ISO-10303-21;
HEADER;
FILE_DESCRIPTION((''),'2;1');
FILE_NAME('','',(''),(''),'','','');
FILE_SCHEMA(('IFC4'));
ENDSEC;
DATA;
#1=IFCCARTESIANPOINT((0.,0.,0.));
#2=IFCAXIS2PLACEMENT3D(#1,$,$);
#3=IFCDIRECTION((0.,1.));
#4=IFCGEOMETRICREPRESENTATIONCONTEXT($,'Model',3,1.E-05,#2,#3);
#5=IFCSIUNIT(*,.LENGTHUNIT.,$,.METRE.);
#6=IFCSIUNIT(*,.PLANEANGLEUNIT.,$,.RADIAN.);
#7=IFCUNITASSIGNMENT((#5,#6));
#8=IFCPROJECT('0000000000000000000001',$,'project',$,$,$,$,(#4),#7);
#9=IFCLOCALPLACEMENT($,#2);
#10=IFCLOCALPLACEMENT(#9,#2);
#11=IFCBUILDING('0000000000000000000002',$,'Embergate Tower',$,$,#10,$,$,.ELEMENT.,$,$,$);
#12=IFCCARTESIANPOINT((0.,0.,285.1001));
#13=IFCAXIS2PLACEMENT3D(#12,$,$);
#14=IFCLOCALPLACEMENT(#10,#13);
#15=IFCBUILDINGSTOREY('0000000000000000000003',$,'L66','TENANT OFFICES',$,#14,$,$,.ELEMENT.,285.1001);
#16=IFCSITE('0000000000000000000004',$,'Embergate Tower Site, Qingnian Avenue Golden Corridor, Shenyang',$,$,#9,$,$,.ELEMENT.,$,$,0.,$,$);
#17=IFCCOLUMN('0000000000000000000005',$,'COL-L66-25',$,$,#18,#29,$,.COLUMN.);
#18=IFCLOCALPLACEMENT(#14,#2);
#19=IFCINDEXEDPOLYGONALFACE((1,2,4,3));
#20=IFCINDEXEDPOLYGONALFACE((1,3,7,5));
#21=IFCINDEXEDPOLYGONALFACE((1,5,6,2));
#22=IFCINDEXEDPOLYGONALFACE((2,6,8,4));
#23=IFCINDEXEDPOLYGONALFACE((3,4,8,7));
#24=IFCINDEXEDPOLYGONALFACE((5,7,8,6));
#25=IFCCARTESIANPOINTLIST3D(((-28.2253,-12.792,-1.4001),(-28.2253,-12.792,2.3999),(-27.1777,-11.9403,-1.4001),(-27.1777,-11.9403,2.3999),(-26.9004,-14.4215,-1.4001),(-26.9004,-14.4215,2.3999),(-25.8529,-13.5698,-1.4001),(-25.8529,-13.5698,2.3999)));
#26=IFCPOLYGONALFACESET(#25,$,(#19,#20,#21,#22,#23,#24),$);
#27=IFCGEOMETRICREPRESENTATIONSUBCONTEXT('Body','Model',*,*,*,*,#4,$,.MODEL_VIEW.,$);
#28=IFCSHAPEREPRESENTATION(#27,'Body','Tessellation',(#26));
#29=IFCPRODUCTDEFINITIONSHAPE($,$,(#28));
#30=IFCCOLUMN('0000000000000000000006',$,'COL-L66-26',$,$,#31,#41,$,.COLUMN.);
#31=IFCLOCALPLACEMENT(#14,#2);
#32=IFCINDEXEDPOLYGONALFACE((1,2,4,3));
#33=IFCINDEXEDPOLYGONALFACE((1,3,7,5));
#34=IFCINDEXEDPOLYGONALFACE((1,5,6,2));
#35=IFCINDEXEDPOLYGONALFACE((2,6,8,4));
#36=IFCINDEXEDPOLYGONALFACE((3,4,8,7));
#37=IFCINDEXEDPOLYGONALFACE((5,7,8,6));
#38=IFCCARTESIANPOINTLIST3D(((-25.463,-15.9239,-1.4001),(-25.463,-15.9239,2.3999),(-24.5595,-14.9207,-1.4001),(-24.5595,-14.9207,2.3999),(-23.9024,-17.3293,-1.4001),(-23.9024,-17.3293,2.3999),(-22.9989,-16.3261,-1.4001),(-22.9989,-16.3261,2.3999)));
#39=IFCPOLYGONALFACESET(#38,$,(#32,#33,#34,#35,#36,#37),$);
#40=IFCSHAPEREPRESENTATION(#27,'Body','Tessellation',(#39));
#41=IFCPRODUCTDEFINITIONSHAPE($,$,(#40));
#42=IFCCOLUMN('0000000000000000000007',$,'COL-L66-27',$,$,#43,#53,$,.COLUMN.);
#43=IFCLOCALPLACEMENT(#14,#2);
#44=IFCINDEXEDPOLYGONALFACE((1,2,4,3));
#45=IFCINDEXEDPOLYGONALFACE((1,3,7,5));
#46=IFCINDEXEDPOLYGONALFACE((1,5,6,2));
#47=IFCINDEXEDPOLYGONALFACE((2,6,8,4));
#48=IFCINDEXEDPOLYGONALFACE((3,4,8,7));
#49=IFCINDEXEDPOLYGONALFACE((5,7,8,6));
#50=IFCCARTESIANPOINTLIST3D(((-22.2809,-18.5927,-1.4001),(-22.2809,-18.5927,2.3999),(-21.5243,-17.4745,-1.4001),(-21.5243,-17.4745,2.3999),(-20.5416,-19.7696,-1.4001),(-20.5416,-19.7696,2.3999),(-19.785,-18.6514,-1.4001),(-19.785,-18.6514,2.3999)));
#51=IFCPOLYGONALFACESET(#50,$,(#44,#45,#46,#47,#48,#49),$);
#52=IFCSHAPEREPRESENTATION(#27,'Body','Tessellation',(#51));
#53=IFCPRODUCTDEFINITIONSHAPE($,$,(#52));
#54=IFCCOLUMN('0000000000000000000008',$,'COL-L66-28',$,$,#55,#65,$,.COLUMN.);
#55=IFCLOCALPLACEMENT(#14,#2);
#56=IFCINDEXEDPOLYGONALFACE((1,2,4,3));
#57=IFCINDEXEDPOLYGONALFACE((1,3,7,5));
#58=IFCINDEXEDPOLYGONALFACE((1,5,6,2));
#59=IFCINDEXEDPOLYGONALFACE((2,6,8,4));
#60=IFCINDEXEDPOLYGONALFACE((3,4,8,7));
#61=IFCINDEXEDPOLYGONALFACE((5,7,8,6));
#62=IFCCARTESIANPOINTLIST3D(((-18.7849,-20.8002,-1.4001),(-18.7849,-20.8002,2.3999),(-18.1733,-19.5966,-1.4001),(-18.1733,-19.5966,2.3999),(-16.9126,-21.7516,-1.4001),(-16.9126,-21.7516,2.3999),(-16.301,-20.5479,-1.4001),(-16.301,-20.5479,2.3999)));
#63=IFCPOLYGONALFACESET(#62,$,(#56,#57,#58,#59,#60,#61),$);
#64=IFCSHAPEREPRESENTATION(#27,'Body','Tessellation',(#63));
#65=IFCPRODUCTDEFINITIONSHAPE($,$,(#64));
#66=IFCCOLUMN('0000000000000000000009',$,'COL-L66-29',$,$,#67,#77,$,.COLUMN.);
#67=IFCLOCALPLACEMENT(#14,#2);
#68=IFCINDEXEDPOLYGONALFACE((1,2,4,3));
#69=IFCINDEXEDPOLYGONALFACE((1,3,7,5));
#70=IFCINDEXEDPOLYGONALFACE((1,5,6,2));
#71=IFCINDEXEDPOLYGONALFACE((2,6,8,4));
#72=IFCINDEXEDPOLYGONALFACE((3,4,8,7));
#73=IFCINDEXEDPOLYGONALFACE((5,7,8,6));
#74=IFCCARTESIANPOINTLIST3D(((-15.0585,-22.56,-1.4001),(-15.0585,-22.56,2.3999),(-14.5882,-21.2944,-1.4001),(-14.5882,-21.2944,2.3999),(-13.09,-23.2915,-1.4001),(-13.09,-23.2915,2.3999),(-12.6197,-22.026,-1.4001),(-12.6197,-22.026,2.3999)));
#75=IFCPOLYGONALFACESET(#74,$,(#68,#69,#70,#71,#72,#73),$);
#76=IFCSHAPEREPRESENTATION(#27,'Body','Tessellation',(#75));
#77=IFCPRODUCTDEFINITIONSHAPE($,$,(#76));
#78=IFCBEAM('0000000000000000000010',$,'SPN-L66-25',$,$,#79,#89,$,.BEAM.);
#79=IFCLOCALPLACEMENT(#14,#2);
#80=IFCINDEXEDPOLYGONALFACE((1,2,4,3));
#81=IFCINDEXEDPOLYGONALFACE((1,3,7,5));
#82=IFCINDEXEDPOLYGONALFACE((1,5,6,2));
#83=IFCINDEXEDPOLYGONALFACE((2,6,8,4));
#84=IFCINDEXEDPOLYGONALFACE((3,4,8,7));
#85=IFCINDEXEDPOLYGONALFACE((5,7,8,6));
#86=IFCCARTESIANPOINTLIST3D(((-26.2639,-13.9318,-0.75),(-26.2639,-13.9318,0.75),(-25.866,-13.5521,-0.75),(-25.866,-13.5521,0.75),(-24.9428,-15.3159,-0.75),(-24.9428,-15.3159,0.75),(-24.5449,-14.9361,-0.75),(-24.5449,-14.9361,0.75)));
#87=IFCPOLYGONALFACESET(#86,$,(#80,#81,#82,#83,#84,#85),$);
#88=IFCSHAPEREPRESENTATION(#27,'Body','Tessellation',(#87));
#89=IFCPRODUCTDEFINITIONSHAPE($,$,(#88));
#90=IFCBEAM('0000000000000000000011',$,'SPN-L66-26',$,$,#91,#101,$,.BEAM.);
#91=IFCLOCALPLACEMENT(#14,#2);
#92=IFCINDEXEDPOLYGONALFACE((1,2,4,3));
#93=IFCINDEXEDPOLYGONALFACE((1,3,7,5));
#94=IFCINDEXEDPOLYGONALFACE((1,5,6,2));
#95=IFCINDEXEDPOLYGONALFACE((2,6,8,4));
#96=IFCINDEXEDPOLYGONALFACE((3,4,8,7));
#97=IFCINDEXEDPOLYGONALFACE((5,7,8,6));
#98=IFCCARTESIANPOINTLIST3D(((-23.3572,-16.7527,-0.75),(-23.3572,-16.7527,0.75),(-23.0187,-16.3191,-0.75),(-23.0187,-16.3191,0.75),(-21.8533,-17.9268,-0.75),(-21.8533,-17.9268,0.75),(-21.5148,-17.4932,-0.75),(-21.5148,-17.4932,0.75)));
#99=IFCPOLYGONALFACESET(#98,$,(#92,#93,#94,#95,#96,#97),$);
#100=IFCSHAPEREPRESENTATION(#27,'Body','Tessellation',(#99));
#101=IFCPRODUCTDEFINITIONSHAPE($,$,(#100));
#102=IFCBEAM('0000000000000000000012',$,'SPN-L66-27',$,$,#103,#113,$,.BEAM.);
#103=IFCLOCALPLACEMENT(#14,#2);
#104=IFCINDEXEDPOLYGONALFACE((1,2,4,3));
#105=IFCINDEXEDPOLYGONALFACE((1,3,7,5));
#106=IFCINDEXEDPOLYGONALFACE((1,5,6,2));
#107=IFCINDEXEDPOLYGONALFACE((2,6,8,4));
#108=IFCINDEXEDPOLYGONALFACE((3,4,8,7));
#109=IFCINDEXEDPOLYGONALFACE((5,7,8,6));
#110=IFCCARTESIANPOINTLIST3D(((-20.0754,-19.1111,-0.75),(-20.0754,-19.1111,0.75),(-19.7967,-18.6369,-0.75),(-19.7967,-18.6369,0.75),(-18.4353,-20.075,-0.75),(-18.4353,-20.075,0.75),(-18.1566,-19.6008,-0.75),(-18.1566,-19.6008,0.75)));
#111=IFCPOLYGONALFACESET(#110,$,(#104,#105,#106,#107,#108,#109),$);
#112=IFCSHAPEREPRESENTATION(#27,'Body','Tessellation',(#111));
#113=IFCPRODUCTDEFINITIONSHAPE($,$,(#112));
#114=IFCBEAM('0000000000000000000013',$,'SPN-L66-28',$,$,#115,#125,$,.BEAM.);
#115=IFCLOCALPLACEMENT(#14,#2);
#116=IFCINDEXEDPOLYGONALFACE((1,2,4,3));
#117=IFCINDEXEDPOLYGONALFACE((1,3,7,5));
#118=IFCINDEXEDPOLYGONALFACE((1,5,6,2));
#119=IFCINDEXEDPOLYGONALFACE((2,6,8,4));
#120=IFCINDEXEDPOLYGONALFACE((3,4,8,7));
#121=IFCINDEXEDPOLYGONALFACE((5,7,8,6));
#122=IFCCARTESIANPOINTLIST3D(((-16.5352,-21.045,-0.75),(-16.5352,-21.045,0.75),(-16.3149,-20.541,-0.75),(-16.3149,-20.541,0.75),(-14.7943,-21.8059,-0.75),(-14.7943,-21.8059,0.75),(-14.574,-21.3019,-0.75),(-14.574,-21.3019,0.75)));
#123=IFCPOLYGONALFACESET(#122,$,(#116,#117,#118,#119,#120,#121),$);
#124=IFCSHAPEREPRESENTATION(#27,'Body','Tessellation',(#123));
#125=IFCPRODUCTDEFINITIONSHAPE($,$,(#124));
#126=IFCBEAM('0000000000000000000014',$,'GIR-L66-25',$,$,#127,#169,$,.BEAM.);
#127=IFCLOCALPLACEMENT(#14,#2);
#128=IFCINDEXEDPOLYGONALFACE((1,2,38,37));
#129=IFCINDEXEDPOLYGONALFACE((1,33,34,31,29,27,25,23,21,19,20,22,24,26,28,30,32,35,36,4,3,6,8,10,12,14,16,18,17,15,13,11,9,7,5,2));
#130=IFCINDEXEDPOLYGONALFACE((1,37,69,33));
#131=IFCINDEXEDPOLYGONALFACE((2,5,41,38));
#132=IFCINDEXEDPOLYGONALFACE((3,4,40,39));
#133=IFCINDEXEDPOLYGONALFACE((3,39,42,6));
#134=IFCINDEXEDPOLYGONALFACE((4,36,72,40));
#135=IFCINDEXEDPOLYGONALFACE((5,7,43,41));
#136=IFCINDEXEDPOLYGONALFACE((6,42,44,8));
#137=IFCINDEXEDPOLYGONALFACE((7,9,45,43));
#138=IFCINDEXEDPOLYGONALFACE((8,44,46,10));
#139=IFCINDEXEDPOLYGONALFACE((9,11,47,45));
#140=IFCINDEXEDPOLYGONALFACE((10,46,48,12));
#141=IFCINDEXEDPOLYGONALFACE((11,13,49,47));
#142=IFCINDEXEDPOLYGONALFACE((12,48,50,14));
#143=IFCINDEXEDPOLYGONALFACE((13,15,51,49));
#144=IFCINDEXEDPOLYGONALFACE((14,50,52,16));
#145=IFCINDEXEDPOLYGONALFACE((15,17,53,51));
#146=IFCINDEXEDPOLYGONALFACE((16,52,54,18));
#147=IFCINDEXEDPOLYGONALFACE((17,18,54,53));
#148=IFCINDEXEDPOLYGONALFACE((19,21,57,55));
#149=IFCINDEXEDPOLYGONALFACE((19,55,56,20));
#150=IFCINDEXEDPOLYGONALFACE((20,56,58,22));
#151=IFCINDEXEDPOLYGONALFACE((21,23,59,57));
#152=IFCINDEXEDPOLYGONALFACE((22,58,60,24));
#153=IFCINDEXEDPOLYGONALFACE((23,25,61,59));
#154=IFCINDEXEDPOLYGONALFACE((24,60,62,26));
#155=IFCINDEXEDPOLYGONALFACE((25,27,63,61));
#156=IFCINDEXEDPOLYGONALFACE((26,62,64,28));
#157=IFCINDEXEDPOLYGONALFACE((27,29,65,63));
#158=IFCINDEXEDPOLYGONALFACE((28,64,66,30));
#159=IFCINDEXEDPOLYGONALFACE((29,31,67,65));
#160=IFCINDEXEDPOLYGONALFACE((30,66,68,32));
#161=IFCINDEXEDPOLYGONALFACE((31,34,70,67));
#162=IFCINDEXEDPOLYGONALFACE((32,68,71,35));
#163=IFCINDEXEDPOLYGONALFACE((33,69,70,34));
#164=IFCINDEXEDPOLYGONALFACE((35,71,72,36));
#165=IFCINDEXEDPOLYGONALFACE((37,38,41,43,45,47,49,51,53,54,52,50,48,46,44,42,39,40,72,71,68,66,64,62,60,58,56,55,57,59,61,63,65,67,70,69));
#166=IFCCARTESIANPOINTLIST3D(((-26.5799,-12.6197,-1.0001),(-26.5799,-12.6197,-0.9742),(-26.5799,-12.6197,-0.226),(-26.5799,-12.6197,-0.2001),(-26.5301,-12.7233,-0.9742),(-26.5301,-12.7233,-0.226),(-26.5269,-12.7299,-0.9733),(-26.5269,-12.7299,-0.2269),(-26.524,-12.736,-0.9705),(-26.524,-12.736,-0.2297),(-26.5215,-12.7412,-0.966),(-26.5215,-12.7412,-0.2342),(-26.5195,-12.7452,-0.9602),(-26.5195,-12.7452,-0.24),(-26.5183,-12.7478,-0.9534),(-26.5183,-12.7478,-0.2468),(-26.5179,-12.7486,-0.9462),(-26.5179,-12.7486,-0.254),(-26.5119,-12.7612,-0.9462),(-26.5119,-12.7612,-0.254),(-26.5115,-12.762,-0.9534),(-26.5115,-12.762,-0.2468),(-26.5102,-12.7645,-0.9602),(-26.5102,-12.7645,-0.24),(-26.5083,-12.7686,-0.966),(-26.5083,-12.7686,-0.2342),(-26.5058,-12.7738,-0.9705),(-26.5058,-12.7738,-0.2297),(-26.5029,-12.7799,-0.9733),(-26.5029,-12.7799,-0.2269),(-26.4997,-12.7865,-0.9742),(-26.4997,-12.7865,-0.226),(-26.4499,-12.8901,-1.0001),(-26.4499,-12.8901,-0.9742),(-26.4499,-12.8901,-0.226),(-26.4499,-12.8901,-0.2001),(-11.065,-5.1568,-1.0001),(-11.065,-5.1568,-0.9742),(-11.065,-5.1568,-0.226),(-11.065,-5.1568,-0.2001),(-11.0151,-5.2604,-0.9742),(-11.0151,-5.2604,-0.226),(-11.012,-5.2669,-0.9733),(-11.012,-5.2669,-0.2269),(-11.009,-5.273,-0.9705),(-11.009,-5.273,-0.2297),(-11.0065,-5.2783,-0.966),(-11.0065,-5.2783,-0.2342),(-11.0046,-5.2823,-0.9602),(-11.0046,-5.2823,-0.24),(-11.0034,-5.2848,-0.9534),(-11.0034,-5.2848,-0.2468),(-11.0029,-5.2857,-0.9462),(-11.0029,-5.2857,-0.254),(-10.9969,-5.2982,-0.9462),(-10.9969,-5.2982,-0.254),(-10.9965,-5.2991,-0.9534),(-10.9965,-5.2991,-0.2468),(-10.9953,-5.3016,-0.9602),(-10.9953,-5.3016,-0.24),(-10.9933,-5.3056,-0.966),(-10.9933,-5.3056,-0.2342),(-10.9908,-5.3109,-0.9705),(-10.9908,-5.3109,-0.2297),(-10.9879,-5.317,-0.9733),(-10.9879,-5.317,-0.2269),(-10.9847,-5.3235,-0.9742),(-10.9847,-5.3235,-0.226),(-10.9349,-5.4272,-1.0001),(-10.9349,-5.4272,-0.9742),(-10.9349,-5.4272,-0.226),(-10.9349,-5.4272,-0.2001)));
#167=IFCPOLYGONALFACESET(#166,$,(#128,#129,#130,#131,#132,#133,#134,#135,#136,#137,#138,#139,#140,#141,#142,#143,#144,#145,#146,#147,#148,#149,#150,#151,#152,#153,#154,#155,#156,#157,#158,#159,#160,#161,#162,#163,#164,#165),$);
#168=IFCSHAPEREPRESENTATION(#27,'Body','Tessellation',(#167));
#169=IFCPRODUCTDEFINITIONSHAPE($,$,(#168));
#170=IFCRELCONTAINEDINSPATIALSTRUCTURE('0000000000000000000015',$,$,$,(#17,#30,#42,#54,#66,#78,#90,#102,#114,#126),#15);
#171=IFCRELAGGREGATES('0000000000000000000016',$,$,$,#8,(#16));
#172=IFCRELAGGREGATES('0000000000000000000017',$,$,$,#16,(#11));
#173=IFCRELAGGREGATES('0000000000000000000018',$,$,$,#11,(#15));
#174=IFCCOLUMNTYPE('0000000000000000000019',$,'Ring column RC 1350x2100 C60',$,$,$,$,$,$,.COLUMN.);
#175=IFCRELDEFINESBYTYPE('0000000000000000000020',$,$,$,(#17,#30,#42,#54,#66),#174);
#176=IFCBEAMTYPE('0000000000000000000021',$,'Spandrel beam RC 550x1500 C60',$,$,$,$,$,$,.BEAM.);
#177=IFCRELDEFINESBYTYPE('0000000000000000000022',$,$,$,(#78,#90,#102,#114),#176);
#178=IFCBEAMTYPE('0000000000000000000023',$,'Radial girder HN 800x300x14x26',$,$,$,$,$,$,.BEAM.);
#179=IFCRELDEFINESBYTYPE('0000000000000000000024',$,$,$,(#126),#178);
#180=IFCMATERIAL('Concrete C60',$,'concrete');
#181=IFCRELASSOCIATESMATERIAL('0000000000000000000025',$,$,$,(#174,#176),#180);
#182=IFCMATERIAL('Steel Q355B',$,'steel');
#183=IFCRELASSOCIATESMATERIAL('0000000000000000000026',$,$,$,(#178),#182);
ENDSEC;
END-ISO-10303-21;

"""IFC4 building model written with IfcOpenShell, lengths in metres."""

from ifc_helpers import new_model, si_unit, direction, frame, origin, origin_2d, place, context, subcontext, project, spatial, rectangle, i_section, extrude, source, transform, mapped, material, material_profile, profile_set, type_object, element, save


model = new_model("IFC4")

# Units and contexts
model_context = context("Model", 3, precision=1e-05, world=origin(), true_north=direction((0.0, 1.0)))
body_context = subcontext(model_context, "Body", "Model", "MODEL_VIEW")
ifc_project = project(units=[si_unit("LENGTHUNIT", "METRE"), si_unit("PLANEANGLEUNIT", "RADIAN")], contexts=[model_context])

# Site, building, storey
site_placement = place(None, origin())
site = spatial("IfcSite", under=ifc_project, at=site_placement, Name="Embergate Tower Site, Qingnian Avenue Golden Corridor, Shenyang", CompositionType="ELEMENT", RefElevation=0.0)
building_placement = place(site_placement, origin())
building = spatial("IfcBuilding", under=site, at=building_placement, Name="Embergate Tower", CompositionType="ELEMENT")
storey_placement = place(building_placement, frame((0.0, 0.0, 285.1001)))
storey = spatial("IfcBuildingStorey", under=building, at=storey_placement, Name="L66", Description="TENANT OFFICES", CompositionType="ELEMENT", Elevation=285.1001)

# Columns
ifc_material_1 = material(Name="Concrete C60", Category="concrete")
ifc_material_profile_1 = material_profile(ifc_material_1, rectangle(XDim=1.3501, YDim=2.1001, at=origin_2d()), Name="RC 1350x2100")
ifc_profile_set_1 = profile_set([ifc_material_profile_1], Name="Concrete C60")
column_type = type_object("IfcColumnType", Name="Ring column RC 1350x2100 C60", PredefinedType="COLUMN", material=ifc_profile_set_1)
shared_shape_1 = source(origin(), body_context, "Body", "SweptSolid", [
    extrude(rectangle(XDim=1.3501, YDim=2.1001, at=origin_2d()), origin(), (0.0, 0.0, 1.0), 3.8),
])
for number, where, z_axis, x_axis, name in (
    (1, (-27.0391, -13.1809, -1.4001), (0.0, 0.0, 1.0), (-0.775914, -0.630838, 0.0), "COL-L66-25"),
    (2, (-24.231, -16.125, -1.4001), (0.0, 0.0, 1.0), (-0.669208, -0.743075, 0.0), "COL-L66-26"),
    (3, (-21.033, -18.6221, -1.4001), (0.0, 0.0, 1.0), (-0.560393, -0.828227, 0.0), "COL-L66-27"),
    (4, (-17.543, -20.6741, -1.4001), (0.0, 0.0, 1.0), (-0.452995, -0.891513, 0.0), "COL-L66-28"),
    (5, (-13.8391, -22.293, -1.4001), (0.0, 0.0, 1.0), (-0.348343, -0.937367, 0.0), "COL-L66-29"),
):
    element("IfcColumn", number, at=place(storey_placement, frame(where, z_axis=z_axis, x_axis=x_axis)), inside=storey, type_object=column_type, Name=name, PredefinedType="COLUMN", context=body_context, shape_type="MappedRepresentation", body=[
        mapped(shared_shape_1, transform((0.0, 0.0, 0.0))),
    ])

# Beams
ifc_material_profile_2 = material_profile(ifc_material_1, rectangle(XDim=0.55, YDim=1.5, at=origin_2d()), Name="RC 550x1500")
ifc_profile_set_2 = profile_set([ifc_material_profile_2], Name="Concrete C60")
beam_type_1 = type_object("IfcBeamType", Name="Spandrel beam RC 550x1500 C60", PredefinedType="BEAM", material=ifc_profile_set_2)
shared_shape_2 = source(origin(), body_context, "Body", "SweptSolid", [
    extrude(rectangle(XDim=0.55, YDim=1.5, at=origin_2d()), origin(), (0.0, 0.0, 1.0), 1.9133),
])
beam_1_placement = place(storey_placement, frame((-26.0649, -13.7419, 0.0), z_axis=(0.690455, -0.723376, 0.0), x_axis=(0.723376, 0.690455, 0.0)))
element("IfcBeam", 6, at=beam_1_placement, inside=storey, type_object=beam_type_1, Name="SPN-L66-25", PredefinedType="BEAM", context=body_context, shape_type="MappedRepresentation", body=[
    mapped(shared_shape_2, transform((0.0, 0.0, 0.0))),
])
shared_shape_3 = source(origin(), body_context, "Body", "SweptSolid", [
    extrude(rectangle(XDim=0.55, YDim=1.5, at=origin_2d()), origin(), (0.0, 0.0, 1.0), 1.908),
])
beam_2_placement = place(storey_placement, frame((-23.188, -16.5359, 0.0), z_axis=(0.788242, -0.615366, 0.0), x_axis=(0.615366, 0.788242, 0.0)))
element("IfcBeam", 7, at=beam_2_placement, inside=storey, type_object=beam_type_1, Name="SPN-L66-26", PredefinedType="BEAM", context=body_context, shape_type="MappedRepresentation", body=[
    mapped(shared_shape_3, transform((0.0, 0.0, 0.0))),
])
shared_shape_4 = source(origin(), body_context, "Body", "SweptSolid", [
    extrude(rectangle(XDim=0.55, YDim=1.5, at=origin_2d()), origin(), (0.0, 0.0, 1.0), 1.9023),
])
beam_3_placement = place(storey_placement, frame((-19.936, -18.874, 0.0), z_axis=(0.862145, -0.506661, 0.0), x_axis=(0.506661, 0.862145, 0.0)))
element("IfcBeam", 8, at=beam_3_placement, inside=storey, type_object=beam_type_1, Name="SPN-L66-27", PredefinedType="BEAM", context=body_context, shape_type="MappedRepresentation", body=[
    mapped(shared_shape_4, transform((0.0, 0.0, 0.0))),
])
shared_shape_5 = source(origin(), body_context, "Body", "SweptSolid", [
    extrude(rectangle(XDim=0.55, YDim=1.5, at=origin_2d()), origin(), (0.0, 0.0, 1.0), 1.8999),
])
beam_4_placement = place(storey_placement, frame((-16.425, -20.793, 0.0), z_axis=(0.91629, -0.400515, 0.0), x_axis=(0.400515, 0.91629, 0.0)))
element("IfcBeam", 9, at=beam_4_placement, inside=storey, type_object=beam_type_1, Name="SPN-L66-28", PredefinedType="BEAM", context=body_context, shape_type="MappedRepresentation", body=[
    mapped(shared_shape_5, transform((0.0, 0.0, 0.0))),
])
ifc_material_2 = material(Name="Steel Q355B", Category="steel")
ifc_material_profile_3 = material_profile(ifc_material_2, i_section(OverallWidth=0.3, OverallDepth=0.8, WebThickness=0.0139, FlangeThickness=0.0259, FilletRadius=0.0281, at=origin_2d()), Name="HN 800x300x14x26")
ifc_profile_set_3 = profile_set([ifc_material_profile_3], Name="Steel Q355 grade B")
beam_type_2 = type_object("IfcBeamType", Name="Radial girder HN 800x300x14x26", PredefinedType="BEAM", material=ifc_profile_set_3)
shared_shape_6 = source(origin(), body_context, "Body", "SweptSolid", [
    extrude(i_section(OverallWidth=0.3, OverallDepth=0.8, WebThickness=0.0139, FlangeThickness=0.0259, FilletRadius=0.0281, at=origin_2d()), origin(), (0.0, 0.0, 1.0), 17.2166),
])
beam_5_placement = place(storey_placement, frame((-26.5149, -12.7549, -0.6001), z_axis=(0.901166, 0.433474, 0.0), x_axis=(-0.433474, 0.901166, 0.0)))
element("IfcBeam", 10, at=beam_5_placement, inside=storey, type_object=beam_type_2, Name="GIR-L66-25", PredefinedType="BEAM", context=body_context, shape_type="MappedRepresentation", body=[
    mapped(shared_shape_6, transform((0.0, 0.0, 0.0))),
])

save(model, "model.ifc")
